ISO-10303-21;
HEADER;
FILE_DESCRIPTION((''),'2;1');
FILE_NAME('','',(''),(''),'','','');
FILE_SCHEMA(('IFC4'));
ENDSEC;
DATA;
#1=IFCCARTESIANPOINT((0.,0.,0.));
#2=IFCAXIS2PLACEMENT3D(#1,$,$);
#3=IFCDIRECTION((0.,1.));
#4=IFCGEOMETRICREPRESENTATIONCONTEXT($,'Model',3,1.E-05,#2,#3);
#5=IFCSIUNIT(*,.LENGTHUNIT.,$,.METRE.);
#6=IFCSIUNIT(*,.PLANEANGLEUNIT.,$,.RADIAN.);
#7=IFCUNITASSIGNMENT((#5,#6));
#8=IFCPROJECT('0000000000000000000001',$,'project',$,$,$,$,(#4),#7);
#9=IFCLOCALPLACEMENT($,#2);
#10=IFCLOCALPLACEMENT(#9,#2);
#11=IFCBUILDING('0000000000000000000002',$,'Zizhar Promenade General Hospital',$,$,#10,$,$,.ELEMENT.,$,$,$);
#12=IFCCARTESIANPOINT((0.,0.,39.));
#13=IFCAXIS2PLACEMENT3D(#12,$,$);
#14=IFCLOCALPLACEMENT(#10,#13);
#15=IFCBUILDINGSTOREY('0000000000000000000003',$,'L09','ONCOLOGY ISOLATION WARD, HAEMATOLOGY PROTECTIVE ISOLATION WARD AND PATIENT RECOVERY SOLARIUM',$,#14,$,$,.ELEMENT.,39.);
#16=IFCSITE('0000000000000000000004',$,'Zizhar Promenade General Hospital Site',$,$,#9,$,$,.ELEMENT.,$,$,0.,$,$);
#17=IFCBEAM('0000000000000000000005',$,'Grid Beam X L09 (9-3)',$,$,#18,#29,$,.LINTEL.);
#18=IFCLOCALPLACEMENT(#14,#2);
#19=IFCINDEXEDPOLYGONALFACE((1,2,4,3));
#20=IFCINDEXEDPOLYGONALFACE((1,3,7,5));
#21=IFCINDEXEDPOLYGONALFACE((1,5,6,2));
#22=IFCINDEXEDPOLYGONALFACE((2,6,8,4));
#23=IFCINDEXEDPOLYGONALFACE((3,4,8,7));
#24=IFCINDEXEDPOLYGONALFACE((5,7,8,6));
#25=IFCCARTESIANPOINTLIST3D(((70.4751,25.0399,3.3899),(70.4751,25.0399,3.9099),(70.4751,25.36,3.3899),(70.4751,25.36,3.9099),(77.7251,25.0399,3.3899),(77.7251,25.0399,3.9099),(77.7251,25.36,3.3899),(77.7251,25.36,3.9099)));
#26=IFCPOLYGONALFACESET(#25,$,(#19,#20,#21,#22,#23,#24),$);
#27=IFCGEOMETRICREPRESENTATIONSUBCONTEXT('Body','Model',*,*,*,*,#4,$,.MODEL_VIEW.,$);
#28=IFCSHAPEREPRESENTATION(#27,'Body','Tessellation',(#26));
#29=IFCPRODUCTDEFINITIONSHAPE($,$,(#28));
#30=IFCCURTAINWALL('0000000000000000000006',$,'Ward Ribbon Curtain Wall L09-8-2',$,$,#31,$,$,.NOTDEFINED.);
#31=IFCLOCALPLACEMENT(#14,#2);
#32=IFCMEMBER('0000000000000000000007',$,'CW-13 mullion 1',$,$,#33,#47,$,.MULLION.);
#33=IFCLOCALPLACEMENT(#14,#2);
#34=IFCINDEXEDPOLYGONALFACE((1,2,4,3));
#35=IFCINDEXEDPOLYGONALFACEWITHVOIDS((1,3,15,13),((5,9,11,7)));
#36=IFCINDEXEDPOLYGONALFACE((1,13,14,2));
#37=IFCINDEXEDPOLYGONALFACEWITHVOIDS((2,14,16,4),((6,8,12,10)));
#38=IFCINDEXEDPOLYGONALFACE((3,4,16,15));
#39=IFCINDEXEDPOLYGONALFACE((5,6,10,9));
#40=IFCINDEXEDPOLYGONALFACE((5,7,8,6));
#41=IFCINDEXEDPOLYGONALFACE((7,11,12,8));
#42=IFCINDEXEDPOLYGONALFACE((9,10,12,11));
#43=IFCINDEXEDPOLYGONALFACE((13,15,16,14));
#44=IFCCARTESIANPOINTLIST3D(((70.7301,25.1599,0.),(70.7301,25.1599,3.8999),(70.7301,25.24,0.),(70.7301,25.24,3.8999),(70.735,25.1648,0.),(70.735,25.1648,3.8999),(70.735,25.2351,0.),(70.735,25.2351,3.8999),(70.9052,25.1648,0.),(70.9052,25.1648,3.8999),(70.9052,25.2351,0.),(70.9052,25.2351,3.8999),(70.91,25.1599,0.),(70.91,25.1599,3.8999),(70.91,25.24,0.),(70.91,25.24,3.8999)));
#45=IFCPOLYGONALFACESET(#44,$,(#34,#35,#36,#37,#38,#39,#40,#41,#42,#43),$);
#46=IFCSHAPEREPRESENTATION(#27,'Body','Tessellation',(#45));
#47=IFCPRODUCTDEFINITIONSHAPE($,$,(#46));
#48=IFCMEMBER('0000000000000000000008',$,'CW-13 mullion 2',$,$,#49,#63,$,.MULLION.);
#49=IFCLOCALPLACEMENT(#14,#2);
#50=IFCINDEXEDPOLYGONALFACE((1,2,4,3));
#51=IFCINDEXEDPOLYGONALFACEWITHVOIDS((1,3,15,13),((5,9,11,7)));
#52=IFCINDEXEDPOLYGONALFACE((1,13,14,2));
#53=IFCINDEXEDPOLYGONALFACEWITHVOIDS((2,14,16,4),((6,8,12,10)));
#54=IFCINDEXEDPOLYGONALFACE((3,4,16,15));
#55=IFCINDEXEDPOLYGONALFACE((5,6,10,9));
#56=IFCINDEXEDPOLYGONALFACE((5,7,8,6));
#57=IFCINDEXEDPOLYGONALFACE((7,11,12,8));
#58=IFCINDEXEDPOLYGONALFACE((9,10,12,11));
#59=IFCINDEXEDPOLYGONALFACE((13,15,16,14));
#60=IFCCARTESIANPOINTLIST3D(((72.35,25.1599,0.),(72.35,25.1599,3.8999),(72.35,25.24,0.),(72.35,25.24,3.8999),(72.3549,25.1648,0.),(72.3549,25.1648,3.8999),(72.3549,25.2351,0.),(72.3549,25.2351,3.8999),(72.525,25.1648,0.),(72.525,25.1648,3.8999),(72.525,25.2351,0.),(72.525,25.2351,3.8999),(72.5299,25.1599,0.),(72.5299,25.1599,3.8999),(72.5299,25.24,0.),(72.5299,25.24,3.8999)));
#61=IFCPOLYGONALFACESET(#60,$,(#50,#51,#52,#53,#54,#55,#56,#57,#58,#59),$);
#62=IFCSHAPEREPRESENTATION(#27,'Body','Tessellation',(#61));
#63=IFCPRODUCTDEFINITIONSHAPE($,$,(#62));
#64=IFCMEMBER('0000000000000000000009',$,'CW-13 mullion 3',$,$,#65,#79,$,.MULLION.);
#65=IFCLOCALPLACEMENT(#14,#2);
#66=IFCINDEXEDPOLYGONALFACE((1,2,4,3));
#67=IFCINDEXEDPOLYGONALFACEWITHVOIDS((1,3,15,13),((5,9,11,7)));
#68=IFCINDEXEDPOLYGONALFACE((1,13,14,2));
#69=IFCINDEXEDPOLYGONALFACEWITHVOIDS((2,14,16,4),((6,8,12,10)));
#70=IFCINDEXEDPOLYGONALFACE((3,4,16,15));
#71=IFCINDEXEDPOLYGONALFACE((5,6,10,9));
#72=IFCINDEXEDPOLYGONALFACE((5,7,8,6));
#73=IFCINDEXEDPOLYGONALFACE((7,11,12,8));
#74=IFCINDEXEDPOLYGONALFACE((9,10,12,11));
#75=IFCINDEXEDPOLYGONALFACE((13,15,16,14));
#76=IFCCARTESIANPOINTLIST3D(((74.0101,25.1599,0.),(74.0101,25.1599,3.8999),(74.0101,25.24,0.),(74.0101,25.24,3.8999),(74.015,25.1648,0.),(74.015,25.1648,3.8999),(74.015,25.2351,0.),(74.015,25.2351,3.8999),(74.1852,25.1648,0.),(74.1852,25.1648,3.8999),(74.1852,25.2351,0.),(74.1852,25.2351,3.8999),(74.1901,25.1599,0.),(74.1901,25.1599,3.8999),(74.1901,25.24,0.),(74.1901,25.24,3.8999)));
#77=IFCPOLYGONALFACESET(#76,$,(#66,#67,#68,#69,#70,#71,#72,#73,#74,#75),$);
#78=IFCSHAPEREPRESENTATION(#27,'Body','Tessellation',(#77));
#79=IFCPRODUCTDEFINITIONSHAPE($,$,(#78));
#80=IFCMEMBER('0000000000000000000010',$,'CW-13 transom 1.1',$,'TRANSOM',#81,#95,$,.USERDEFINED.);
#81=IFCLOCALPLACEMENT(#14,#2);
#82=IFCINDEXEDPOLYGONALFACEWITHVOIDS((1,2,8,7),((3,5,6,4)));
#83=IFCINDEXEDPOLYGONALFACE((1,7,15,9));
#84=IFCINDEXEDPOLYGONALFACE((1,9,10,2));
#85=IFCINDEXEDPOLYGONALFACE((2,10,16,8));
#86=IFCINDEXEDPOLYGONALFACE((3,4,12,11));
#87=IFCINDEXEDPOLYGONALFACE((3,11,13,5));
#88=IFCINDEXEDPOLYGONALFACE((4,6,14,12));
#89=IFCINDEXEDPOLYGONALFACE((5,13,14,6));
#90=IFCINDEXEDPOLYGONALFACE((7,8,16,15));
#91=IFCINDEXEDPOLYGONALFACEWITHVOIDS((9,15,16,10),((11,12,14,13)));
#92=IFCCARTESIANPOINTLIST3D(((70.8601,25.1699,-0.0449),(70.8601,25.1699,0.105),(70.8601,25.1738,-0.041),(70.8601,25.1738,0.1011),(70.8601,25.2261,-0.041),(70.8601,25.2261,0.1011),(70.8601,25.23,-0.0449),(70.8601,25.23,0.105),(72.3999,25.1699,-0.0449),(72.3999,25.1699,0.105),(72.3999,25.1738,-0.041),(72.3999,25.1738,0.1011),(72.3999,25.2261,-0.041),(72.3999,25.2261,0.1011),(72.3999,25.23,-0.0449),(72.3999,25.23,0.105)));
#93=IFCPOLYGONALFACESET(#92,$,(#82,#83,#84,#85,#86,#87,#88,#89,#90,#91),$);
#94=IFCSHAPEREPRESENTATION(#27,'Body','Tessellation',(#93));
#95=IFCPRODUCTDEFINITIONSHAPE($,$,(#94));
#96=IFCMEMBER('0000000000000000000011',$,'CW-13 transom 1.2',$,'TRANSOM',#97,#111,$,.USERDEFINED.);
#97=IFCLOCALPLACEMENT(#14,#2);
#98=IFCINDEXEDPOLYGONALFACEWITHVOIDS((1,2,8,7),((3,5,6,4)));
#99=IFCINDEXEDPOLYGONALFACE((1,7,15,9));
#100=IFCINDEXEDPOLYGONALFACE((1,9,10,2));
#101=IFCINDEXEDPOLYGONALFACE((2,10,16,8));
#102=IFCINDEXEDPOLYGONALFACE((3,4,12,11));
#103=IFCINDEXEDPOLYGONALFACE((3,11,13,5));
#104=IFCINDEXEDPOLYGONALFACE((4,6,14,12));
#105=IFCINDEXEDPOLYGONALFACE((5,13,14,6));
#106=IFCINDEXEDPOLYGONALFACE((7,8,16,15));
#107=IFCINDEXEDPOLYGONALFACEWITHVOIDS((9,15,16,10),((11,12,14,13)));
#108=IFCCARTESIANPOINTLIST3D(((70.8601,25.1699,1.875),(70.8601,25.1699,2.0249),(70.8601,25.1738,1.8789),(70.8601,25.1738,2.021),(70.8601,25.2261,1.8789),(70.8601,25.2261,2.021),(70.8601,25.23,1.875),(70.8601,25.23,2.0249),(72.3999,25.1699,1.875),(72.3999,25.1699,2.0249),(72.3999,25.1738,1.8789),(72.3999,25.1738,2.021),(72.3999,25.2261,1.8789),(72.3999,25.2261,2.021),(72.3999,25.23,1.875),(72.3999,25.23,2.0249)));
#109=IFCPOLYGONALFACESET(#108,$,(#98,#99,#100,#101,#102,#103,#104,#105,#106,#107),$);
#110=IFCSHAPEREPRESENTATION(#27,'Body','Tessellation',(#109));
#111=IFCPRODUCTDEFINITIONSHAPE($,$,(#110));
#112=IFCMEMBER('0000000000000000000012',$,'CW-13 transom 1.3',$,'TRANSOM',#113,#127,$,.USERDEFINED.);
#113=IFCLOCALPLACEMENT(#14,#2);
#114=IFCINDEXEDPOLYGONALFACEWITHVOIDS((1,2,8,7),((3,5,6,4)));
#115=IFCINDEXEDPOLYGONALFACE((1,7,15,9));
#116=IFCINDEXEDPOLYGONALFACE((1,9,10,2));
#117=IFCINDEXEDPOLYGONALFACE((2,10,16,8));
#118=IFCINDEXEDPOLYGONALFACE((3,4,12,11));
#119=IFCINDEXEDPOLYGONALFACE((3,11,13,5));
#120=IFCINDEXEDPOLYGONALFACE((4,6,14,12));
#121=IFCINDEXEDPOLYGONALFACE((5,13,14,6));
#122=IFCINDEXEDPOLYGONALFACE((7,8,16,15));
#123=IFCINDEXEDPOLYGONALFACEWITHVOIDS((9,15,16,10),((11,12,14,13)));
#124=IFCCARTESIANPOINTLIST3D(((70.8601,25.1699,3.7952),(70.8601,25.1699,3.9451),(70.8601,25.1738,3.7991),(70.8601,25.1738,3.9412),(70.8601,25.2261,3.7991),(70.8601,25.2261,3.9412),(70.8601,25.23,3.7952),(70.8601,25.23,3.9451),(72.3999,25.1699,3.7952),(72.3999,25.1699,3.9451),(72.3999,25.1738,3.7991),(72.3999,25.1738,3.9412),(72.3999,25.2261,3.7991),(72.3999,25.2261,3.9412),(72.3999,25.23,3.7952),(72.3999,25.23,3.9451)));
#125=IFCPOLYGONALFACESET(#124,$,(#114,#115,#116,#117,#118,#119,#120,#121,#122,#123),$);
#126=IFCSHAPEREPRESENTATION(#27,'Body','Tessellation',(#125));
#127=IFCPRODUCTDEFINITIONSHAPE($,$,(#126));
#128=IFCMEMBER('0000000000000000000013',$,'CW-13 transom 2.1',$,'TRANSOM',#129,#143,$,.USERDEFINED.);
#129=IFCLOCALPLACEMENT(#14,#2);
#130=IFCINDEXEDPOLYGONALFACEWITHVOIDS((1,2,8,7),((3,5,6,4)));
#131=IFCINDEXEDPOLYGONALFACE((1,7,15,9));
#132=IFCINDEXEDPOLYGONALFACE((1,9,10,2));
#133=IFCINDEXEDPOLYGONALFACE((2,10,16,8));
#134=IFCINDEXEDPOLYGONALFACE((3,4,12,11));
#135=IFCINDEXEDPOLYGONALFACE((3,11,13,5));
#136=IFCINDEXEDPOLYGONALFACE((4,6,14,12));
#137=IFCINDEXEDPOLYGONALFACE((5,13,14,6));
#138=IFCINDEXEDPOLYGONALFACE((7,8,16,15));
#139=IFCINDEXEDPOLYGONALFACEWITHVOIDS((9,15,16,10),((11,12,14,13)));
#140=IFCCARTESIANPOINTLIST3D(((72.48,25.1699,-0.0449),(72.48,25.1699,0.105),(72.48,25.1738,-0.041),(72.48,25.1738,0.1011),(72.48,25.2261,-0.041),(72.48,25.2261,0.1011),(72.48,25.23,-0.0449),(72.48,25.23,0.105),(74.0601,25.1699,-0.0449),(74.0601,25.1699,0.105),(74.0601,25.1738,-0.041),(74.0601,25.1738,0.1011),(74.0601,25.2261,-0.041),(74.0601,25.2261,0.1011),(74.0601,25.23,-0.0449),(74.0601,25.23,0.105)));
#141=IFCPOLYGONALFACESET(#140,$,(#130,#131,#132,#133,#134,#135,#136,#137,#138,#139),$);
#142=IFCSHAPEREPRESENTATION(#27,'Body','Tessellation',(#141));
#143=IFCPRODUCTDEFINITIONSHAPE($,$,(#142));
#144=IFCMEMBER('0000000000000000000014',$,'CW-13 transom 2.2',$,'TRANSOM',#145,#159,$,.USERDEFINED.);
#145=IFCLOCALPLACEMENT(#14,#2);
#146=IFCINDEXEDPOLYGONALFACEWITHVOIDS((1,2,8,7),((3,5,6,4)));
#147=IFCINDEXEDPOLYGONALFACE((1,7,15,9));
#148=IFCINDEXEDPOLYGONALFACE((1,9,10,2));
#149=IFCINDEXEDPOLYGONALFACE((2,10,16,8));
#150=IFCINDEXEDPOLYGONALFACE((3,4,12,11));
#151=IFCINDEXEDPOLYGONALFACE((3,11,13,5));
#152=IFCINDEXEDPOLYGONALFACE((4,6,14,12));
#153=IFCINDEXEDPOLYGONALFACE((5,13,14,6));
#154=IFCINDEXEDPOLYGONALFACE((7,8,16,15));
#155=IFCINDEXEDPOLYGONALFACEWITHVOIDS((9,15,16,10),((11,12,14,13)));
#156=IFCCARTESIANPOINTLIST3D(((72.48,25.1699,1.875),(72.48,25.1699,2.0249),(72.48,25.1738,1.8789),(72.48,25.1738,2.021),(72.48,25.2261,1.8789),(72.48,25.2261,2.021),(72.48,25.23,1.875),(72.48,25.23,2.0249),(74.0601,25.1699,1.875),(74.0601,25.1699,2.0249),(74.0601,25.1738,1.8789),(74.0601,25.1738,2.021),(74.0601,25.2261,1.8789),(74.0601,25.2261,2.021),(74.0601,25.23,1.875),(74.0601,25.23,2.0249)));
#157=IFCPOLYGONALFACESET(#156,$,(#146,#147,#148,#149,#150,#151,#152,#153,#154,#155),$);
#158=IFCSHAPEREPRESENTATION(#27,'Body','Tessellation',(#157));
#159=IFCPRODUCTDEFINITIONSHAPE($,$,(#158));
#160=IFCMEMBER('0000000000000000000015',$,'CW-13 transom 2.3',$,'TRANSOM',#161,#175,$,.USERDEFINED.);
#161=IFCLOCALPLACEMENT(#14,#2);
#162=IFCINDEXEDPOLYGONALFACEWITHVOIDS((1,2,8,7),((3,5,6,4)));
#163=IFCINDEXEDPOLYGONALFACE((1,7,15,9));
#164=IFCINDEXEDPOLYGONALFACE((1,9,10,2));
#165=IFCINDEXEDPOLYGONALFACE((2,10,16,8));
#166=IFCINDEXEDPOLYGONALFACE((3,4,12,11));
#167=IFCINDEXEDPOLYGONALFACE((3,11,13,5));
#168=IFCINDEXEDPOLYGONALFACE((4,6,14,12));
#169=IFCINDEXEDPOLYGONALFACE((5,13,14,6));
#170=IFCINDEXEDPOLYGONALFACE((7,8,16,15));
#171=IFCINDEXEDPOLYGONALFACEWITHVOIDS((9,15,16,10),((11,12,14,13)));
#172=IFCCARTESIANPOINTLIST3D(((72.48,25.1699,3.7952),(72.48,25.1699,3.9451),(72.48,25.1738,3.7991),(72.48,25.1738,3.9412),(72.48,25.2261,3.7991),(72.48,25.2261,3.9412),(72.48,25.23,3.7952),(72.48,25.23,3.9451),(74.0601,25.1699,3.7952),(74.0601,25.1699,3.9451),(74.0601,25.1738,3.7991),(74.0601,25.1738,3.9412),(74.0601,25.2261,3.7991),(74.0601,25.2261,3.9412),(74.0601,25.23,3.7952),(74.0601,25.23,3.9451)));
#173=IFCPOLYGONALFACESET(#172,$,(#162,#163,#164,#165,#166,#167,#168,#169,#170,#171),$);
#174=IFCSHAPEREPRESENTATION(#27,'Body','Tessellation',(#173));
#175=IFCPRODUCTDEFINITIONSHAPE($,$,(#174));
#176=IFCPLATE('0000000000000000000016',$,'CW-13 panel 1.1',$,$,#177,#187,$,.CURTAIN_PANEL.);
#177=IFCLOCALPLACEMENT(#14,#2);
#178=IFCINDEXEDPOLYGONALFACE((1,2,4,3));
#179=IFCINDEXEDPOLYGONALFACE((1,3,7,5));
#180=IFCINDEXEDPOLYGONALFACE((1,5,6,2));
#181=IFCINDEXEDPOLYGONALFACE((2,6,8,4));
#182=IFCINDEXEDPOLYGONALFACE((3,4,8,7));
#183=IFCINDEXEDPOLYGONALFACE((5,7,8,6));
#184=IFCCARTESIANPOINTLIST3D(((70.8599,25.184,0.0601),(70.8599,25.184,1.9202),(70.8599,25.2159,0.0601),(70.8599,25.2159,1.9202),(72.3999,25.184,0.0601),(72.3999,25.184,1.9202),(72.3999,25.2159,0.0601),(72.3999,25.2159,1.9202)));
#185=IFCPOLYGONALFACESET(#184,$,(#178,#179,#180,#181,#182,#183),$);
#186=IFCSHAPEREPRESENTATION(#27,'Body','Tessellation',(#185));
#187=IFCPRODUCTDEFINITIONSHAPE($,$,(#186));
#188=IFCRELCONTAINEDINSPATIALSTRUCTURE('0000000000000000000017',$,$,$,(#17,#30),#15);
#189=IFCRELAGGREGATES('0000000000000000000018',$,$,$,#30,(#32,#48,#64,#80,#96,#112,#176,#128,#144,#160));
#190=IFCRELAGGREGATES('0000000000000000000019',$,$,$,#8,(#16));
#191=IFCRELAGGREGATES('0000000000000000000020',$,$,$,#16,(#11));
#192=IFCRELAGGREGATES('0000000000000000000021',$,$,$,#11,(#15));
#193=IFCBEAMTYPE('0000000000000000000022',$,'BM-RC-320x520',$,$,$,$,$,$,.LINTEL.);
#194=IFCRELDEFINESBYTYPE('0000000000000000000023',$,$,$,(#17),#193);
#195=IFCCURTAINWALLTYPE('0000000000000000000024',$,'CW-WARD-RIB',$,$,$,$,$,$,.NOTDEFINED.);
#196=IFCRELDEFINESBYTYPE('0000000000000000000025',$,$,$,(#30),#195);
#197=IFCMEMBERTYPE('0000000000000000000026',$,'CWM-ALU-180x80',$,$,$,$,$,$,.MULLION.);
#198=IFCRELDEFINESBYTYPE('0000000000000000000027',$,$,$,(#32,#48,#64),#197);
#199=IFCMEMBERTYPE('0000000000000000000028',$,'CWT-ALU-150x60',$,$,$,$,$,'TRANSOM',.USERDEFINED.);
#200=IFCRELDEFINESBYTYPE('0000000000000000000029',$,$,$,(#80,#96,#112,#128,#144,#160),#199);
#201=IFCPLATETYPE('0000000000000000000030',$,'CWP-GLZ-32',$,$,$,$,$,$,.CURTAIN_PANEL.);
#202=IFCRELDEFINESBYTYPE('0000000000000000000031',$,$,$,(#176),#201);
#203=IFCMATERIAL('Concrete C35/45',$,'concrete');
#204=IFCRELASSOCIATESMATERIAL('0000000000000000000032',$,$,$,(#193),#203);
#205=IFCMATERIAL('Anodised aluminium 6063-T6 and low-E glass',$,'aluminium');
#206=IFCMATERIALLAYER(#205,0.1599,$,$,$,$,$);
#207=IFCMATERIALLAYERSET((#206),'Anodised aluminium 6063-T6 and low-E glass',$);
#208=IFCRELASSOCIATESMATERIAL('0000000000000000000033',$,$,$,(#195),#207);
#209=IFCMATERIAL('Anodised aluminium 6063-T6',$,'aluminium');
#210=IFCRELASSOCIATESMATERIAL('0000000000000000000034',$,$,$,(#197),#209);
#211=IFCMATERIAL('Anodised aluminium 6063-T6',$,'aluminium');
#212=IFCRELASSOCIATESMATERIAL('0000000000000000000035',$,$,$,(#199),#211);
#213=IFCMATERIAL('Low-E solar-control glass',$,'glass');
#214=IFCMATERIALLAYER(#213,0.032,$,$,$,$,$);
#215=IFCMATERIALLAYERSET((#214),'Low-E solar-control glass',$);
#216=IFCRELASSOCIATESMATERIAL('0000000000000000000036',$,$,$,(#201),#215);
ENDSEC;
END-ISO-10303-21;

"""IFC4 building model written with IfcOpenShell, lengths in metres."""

from ifc_helpers import new_model, si_unit, direction, frame, origin, origin_2d, place, context, subcontext, project, spatial, rectangle, hollow_rectangle, extrude, material, layer, layer_set, material_profile, profile_set, type_object, element, aggregate, save


model = new_model("IFC4")

# Units and contexts
model_context = context("Model", 3, precision=1e-05, world=origin(), true_north=direction((0.0, 1.0)))
body_context = subcontext(model_context, "Body", "Model", "MODEL_VIEW")
ifc_project = project(units=[si_unit("LENGTHUNIT", "METRE"), si_unit("PLANEANGLEUNIT", "RADIAN")], contexts=[model_context])

# Site, building, storey
site_placement = place(None, origin())
site = spatial("IfcSite", under=ifc_project, at=site_placement, Name="Zizhar Promenade General Hospital Site", CompositionType="ELEMENT", RefElevation=0.0)
building_placement = place(site_placement, origin())
building = spatial("IfcBuilding", under=site, at=building_placement, Name="Zizhar Promenade General Hospital", CompositionType="ELEMENT")
storey_placement = place(building_placement, frame((0.0, 0.0, 39.0)))
storey = spatial("IfcBuildingStorey", under=building, at=storey_placement, Name="L09", Description="ONCOLOGY ISOLATION WARD, HAEMATOLOGY PROTECTIVE ISOLATION WARD AND PATIENT RECOVERY SOLARIUM", CompositionType="ELEMENT", Elevation=39.0)

# Beam
ifc_material_1 = material(Name="Concrete C35/45", Category="concrete")
ifc_material_profile_1 = material_profile(ifc_material_1, rectangle(XDim=0.3201, YDim=0.52, at=origin_2d()))
ifc_profile_set_1 = profile_set([ifc_material_profile_1], Name="Concrete C35/45")
beam_type = type_object("IfcBeamType", Name="BM-RC-320x520", PredefinedType="LINTEL", material=ifc_profile_set_1)
beam_placement = place(storey_placement, frame((70.4751, 25.2, 3.6499), z_axis=(1.0, 0.0, 0.0), x_axis=(0.0, 1.0, 0.0)))
element("IfcBeam", 1, at=beam_placement, inside=storey, type_object=beam_type, Name="Grid Beam X L09 (9-3)", PredefinedType="LINTEL", context=body_context, shape_type="SweptSolid", body=[
    extrude(rectangle(XDim=0.3201, YDim=0.52, at=origin_2d()), origin(), (0.0, 0.0, 1.0), 7.25),
])

# Curtain wall, members, plate
ifc_material_2 = material(Name="Anodised aluminium 6063-T6 and low-E glass", Category="aluminium")
ifc_layer_1 = layer(ifc_material_2, 0.1599)
ifc_layer_set_1 = layer_set([ifc_layer_1], Name="Anodised aluminium 6063-T6 and low-E glass")
curtain_wall_type = type_object("IfcCurtainWallType", Name="CW-WARD-RIB", PredefinedType="NOTDEFINED", material=ifc_layer_set_1)
curtain_wall_placement = place(storey_placement, origin())
curtain_wall = element("IfcCurtainWall", 2, at=curtain_wall_placement, inside=storey, type_object=curtain_wall_type, Name="Ward Ribbon Curtain Wall L09-8-2", PredefinedType="NOTDEFINED")
ifc_material_3 = material(Name="Anodised aluminium 6063-T6", Category="aluminium")
ifc_material_profile_2 = material_profile(ifc_material_3, hollow_rectangle(XDim=0.0801, YDim=0.1799, WallThickness=0.0049, at=origin_2d()))
ifc_profile_set_2 = profile_set([ifc_material_profile_2], Name="Anodised aluminium 6063-T6")
member_type_1 = type_object("IfcMemberType", Name="CWM-ALU-180x80", PredefinedType="MULLION", material=ifc_profile_set_2)
member_1_placement = place(storey_placement, frame((70.8201, 25.2, 0.0), z_axis=(0.0, 0.0, 1.0), x_axis=(0.0, 1.0, 0.0)))
member_1 = element("IfcMember", 3, at=member_1_placement, type_object=member_type_1, Name="CW-13 mullion 1", PredefinedType="MULLION", context=body_context, shape_type="SweptSolid", body=[
    extrude(hollow_rectangle(XDim=0.0801, YDim=0.1799, WallThickness=0.0049, at=origin_2d()), origin(), (0.0, 0.0, 1.0), 3.8999),
])
member_2_placement = place(storey_placement, frame((72.4399, 25.2, 0.0), z_axis=(0.0, 0.0, 1.0), x_axis=(0.0, 1.0, 0.0)))
member_2 = element("IfcMember", 4, at=member_2_placement, type_object=member_type_1, Name="CW-13 mullion 2", PredefinedType="MULLION", context=body_context, shape_type="SweptSolid", body=[
    extrude(hollow_rectangle(XDim=0.0801, YDim=0.1799, WallThickness=0.0049, at=origin_2d()), origin(), (0.0, 0.0, 1.0), 3.8999),
])
member_3_placement = place(storey_placement, frame((74.1001, 25.2, 0.0), z_axis=(0.0, 0.0, 1.0), x_axis=(0.0, 1.0, 0.0)))
member_3 = element("IfcMember", 5, at=member_3_placement, type_object=member_type_1, Name="CW-13 mullion 3", PredefinedType="MULLION", context=body_context, shape_type="SweptSolid", body=[
    extrude(hollow_rectangle(XDim=0.0801, YDim=0.1799, WallThickness=0.0049, at=origin_2d()), origin(), (0.0, 0.0, 1.0), 3.8999),
])
ifc_material_4 = material(Name="Anodised aluminium 6063-T6", Category="aluminium")
ifc_material_profile_3 = material_profile(ifc_material_4, hollow_rectangle(XDim=0.0601, YDim=0.1499, WallThickness=0.0039, at=origin_2d()))
ifc_profile_set_3 = profile_set([ifc_material_profile_3], Name="Anodised aluminium 6063-T6")
member_type_2 = type_object("IfcMemberType", Name="CWT-ALU-150x60", ElementType="TRANSOM", PredefinedType="USERDEFINED", material=ifc_profile_set_3)
member_4_placement = place(storey_placement, frame((70.8601, 25.2, 0.03), z_axis=(1.0, 0.0, 0.0), x_axis=(0.0, 1.0, 0.0)))
member_4 = element("IfcMember", 6, at=member_4_placement, type_object=member_type_2, Name="CW-13 transom 1.1", ObjectType="TRANSOM", PredefinedType="USERDEFINED", context=body_context, shape_type="SweptSolid", body=[
    extrude(hollow_rectangle(XDim=0.0601, YDim=0.1499, WallThickness=0.0039, at=origin_2d()), origin(), (0.0, 0.0, 1.0), 1.5398),
])
member_5_placement = place(storey_placement, frame((70.8601, 25.2, 1.95), z_axis=(1.0, 0.0, 0.0), x_axis=(0.0, 1.0, 0.0)))
member_5 = element("IfcMember", 7, at=member_5_placement, type_object=member_type_2, Name="CW-13 transom 1.2", ObjectType="TRANSOM", PredefinedType="USERDEFINED", context=body_context, shape_type="SweptSolid", body=[
    extrude(hollow_rectangle(XDim=0.0601, YDim=0.1499, WallThickness=0.0039, at=origin_2d()), origin(), (0.0, 0.0, 1.0), 1.5398),
])
member_6_placement = place(storey_placement, frame((70.8601, 25.2, 3.8701), z_axis=(1.0, 0.0, 0.0), x_axis=(0.0, 1.0, 0.0)))
member_6 = element("IfcMember", 8, at=member_6_placement, type_object=member_type_2, Name="CW-13 transom 1.3", ObjectType="TRANSOM", PredefinedType="USERDEFINED", context=body_context, shape_type="SweptSolid", body=[
    extrude(hollow_rectangle(XDim=0.0601, YDim=0.1499, WallThickness=0.0039, at=origin_2d()), origin(), (0.0, 0.0, 1.0), 1.5398),
])
member_7_placement = place(storey_placement, frame((72.48, 25.2, 0.03), z_axis=(1.0, 0.0, 0.0), x_axis=(0.0, 1.0, 0.0)))
member_7 = element("IfcMember", 9, at=member_7_placement, type_object=member_type_2, Name="CW-13 transom 2.1", ObjectType="TRANSOM", PredefinedType="USERDEFINED", context=body_context, shape_type="SweptSolid", body=[
    extrude(hollow_rectangle(XDim=0.0601, YDim=0.1499, WallThickness=0.0039, at=origin_2d()), origin(), (0.0, 0.0, 1.0), 1.5801),
])
member_8_placement = place(storey_placement, frame((72.48, 25.2, 1.95), z_axis=(1.0, 0.0, 0.0), x_axis=(0.0, 1.0, 0.0)))
member_8 = element("IfcMember", 10, at=member_8_placement, type_object=member_type_2, Name="CW-13 transom 2.2", ObjectType="TRANSOM", PredefinedType="USERDEFINED", context=body_context, shape_type="SweptSolid", body=[
    extrude(hollow_rectangle(XDim=0.0601, YDim=0.1499, WallThickness=0.0039, at=origin_2d()), origin(), (0.0, 0.0, 1.0), 1.5801),
])
member_9_placement = place(storey_placement, frame((72.48, 25.2, 3.8701), z_axis=(1.0, 0.0, 0.0), x_axis=(0.0, 1.0, 0.0)))
member_9 = element("IfcMember", 11, at=member_9_placement, type_object=member_type_2, Name="CW-13 transom 2.3", ObjectType="TRANSOM", PredefinedType="USERDEFINED", context=body_context, shape_type="SweptSolid", body=[
    extrude(hollow_rectangle(XDim=0.0601, YDim=0.1499, WallThickness=0.0039, at=origin_2d()), origin(), (0.0, 0.0, 1.0), 1.5801),
])
ifc_material_5 = material(Name="Low-E solar-control glass", Category="glass")
ifc_layer_2 = layer(ifc_material_5, 0.032)
ifc_layer_set_2 = layer_set([ifc_layer_2], Name="Low-E solar-control glass")
plate_type = type_object("IfcPlateType", Name="CWP-GLZ-32", PredefinedType="CURTAIN_PANEL", material=ifc_layer_set_2)
plate_1_placement = place(storey_placement, frame((71.6299, 25.2, 0.0601), z_axis=(0.0, 0.0, 1.0), x_axis=(1.0, 0.0, 0.0)))
plate_1 = element("IfcPlate", 12, at=plate_1_placement, type_object=plate_type, Name="CW-13 panel 1.1", PredefinedType="CURTAIN_PANEL", context=body_context, shape_type="SweptSolid", body=[
    extrude(rectangle(XDim=1.54, YDim=0.032, at=origin_2d()), origin(), (0.0, 0.0, 1.0), 1.8601),
])
aggregate(curtain_wall, [member_1, member_2, member_3, member_4, member_5, member_6, plate_1, member_7, member_8, member_9])

save(model, "model.ifc")
